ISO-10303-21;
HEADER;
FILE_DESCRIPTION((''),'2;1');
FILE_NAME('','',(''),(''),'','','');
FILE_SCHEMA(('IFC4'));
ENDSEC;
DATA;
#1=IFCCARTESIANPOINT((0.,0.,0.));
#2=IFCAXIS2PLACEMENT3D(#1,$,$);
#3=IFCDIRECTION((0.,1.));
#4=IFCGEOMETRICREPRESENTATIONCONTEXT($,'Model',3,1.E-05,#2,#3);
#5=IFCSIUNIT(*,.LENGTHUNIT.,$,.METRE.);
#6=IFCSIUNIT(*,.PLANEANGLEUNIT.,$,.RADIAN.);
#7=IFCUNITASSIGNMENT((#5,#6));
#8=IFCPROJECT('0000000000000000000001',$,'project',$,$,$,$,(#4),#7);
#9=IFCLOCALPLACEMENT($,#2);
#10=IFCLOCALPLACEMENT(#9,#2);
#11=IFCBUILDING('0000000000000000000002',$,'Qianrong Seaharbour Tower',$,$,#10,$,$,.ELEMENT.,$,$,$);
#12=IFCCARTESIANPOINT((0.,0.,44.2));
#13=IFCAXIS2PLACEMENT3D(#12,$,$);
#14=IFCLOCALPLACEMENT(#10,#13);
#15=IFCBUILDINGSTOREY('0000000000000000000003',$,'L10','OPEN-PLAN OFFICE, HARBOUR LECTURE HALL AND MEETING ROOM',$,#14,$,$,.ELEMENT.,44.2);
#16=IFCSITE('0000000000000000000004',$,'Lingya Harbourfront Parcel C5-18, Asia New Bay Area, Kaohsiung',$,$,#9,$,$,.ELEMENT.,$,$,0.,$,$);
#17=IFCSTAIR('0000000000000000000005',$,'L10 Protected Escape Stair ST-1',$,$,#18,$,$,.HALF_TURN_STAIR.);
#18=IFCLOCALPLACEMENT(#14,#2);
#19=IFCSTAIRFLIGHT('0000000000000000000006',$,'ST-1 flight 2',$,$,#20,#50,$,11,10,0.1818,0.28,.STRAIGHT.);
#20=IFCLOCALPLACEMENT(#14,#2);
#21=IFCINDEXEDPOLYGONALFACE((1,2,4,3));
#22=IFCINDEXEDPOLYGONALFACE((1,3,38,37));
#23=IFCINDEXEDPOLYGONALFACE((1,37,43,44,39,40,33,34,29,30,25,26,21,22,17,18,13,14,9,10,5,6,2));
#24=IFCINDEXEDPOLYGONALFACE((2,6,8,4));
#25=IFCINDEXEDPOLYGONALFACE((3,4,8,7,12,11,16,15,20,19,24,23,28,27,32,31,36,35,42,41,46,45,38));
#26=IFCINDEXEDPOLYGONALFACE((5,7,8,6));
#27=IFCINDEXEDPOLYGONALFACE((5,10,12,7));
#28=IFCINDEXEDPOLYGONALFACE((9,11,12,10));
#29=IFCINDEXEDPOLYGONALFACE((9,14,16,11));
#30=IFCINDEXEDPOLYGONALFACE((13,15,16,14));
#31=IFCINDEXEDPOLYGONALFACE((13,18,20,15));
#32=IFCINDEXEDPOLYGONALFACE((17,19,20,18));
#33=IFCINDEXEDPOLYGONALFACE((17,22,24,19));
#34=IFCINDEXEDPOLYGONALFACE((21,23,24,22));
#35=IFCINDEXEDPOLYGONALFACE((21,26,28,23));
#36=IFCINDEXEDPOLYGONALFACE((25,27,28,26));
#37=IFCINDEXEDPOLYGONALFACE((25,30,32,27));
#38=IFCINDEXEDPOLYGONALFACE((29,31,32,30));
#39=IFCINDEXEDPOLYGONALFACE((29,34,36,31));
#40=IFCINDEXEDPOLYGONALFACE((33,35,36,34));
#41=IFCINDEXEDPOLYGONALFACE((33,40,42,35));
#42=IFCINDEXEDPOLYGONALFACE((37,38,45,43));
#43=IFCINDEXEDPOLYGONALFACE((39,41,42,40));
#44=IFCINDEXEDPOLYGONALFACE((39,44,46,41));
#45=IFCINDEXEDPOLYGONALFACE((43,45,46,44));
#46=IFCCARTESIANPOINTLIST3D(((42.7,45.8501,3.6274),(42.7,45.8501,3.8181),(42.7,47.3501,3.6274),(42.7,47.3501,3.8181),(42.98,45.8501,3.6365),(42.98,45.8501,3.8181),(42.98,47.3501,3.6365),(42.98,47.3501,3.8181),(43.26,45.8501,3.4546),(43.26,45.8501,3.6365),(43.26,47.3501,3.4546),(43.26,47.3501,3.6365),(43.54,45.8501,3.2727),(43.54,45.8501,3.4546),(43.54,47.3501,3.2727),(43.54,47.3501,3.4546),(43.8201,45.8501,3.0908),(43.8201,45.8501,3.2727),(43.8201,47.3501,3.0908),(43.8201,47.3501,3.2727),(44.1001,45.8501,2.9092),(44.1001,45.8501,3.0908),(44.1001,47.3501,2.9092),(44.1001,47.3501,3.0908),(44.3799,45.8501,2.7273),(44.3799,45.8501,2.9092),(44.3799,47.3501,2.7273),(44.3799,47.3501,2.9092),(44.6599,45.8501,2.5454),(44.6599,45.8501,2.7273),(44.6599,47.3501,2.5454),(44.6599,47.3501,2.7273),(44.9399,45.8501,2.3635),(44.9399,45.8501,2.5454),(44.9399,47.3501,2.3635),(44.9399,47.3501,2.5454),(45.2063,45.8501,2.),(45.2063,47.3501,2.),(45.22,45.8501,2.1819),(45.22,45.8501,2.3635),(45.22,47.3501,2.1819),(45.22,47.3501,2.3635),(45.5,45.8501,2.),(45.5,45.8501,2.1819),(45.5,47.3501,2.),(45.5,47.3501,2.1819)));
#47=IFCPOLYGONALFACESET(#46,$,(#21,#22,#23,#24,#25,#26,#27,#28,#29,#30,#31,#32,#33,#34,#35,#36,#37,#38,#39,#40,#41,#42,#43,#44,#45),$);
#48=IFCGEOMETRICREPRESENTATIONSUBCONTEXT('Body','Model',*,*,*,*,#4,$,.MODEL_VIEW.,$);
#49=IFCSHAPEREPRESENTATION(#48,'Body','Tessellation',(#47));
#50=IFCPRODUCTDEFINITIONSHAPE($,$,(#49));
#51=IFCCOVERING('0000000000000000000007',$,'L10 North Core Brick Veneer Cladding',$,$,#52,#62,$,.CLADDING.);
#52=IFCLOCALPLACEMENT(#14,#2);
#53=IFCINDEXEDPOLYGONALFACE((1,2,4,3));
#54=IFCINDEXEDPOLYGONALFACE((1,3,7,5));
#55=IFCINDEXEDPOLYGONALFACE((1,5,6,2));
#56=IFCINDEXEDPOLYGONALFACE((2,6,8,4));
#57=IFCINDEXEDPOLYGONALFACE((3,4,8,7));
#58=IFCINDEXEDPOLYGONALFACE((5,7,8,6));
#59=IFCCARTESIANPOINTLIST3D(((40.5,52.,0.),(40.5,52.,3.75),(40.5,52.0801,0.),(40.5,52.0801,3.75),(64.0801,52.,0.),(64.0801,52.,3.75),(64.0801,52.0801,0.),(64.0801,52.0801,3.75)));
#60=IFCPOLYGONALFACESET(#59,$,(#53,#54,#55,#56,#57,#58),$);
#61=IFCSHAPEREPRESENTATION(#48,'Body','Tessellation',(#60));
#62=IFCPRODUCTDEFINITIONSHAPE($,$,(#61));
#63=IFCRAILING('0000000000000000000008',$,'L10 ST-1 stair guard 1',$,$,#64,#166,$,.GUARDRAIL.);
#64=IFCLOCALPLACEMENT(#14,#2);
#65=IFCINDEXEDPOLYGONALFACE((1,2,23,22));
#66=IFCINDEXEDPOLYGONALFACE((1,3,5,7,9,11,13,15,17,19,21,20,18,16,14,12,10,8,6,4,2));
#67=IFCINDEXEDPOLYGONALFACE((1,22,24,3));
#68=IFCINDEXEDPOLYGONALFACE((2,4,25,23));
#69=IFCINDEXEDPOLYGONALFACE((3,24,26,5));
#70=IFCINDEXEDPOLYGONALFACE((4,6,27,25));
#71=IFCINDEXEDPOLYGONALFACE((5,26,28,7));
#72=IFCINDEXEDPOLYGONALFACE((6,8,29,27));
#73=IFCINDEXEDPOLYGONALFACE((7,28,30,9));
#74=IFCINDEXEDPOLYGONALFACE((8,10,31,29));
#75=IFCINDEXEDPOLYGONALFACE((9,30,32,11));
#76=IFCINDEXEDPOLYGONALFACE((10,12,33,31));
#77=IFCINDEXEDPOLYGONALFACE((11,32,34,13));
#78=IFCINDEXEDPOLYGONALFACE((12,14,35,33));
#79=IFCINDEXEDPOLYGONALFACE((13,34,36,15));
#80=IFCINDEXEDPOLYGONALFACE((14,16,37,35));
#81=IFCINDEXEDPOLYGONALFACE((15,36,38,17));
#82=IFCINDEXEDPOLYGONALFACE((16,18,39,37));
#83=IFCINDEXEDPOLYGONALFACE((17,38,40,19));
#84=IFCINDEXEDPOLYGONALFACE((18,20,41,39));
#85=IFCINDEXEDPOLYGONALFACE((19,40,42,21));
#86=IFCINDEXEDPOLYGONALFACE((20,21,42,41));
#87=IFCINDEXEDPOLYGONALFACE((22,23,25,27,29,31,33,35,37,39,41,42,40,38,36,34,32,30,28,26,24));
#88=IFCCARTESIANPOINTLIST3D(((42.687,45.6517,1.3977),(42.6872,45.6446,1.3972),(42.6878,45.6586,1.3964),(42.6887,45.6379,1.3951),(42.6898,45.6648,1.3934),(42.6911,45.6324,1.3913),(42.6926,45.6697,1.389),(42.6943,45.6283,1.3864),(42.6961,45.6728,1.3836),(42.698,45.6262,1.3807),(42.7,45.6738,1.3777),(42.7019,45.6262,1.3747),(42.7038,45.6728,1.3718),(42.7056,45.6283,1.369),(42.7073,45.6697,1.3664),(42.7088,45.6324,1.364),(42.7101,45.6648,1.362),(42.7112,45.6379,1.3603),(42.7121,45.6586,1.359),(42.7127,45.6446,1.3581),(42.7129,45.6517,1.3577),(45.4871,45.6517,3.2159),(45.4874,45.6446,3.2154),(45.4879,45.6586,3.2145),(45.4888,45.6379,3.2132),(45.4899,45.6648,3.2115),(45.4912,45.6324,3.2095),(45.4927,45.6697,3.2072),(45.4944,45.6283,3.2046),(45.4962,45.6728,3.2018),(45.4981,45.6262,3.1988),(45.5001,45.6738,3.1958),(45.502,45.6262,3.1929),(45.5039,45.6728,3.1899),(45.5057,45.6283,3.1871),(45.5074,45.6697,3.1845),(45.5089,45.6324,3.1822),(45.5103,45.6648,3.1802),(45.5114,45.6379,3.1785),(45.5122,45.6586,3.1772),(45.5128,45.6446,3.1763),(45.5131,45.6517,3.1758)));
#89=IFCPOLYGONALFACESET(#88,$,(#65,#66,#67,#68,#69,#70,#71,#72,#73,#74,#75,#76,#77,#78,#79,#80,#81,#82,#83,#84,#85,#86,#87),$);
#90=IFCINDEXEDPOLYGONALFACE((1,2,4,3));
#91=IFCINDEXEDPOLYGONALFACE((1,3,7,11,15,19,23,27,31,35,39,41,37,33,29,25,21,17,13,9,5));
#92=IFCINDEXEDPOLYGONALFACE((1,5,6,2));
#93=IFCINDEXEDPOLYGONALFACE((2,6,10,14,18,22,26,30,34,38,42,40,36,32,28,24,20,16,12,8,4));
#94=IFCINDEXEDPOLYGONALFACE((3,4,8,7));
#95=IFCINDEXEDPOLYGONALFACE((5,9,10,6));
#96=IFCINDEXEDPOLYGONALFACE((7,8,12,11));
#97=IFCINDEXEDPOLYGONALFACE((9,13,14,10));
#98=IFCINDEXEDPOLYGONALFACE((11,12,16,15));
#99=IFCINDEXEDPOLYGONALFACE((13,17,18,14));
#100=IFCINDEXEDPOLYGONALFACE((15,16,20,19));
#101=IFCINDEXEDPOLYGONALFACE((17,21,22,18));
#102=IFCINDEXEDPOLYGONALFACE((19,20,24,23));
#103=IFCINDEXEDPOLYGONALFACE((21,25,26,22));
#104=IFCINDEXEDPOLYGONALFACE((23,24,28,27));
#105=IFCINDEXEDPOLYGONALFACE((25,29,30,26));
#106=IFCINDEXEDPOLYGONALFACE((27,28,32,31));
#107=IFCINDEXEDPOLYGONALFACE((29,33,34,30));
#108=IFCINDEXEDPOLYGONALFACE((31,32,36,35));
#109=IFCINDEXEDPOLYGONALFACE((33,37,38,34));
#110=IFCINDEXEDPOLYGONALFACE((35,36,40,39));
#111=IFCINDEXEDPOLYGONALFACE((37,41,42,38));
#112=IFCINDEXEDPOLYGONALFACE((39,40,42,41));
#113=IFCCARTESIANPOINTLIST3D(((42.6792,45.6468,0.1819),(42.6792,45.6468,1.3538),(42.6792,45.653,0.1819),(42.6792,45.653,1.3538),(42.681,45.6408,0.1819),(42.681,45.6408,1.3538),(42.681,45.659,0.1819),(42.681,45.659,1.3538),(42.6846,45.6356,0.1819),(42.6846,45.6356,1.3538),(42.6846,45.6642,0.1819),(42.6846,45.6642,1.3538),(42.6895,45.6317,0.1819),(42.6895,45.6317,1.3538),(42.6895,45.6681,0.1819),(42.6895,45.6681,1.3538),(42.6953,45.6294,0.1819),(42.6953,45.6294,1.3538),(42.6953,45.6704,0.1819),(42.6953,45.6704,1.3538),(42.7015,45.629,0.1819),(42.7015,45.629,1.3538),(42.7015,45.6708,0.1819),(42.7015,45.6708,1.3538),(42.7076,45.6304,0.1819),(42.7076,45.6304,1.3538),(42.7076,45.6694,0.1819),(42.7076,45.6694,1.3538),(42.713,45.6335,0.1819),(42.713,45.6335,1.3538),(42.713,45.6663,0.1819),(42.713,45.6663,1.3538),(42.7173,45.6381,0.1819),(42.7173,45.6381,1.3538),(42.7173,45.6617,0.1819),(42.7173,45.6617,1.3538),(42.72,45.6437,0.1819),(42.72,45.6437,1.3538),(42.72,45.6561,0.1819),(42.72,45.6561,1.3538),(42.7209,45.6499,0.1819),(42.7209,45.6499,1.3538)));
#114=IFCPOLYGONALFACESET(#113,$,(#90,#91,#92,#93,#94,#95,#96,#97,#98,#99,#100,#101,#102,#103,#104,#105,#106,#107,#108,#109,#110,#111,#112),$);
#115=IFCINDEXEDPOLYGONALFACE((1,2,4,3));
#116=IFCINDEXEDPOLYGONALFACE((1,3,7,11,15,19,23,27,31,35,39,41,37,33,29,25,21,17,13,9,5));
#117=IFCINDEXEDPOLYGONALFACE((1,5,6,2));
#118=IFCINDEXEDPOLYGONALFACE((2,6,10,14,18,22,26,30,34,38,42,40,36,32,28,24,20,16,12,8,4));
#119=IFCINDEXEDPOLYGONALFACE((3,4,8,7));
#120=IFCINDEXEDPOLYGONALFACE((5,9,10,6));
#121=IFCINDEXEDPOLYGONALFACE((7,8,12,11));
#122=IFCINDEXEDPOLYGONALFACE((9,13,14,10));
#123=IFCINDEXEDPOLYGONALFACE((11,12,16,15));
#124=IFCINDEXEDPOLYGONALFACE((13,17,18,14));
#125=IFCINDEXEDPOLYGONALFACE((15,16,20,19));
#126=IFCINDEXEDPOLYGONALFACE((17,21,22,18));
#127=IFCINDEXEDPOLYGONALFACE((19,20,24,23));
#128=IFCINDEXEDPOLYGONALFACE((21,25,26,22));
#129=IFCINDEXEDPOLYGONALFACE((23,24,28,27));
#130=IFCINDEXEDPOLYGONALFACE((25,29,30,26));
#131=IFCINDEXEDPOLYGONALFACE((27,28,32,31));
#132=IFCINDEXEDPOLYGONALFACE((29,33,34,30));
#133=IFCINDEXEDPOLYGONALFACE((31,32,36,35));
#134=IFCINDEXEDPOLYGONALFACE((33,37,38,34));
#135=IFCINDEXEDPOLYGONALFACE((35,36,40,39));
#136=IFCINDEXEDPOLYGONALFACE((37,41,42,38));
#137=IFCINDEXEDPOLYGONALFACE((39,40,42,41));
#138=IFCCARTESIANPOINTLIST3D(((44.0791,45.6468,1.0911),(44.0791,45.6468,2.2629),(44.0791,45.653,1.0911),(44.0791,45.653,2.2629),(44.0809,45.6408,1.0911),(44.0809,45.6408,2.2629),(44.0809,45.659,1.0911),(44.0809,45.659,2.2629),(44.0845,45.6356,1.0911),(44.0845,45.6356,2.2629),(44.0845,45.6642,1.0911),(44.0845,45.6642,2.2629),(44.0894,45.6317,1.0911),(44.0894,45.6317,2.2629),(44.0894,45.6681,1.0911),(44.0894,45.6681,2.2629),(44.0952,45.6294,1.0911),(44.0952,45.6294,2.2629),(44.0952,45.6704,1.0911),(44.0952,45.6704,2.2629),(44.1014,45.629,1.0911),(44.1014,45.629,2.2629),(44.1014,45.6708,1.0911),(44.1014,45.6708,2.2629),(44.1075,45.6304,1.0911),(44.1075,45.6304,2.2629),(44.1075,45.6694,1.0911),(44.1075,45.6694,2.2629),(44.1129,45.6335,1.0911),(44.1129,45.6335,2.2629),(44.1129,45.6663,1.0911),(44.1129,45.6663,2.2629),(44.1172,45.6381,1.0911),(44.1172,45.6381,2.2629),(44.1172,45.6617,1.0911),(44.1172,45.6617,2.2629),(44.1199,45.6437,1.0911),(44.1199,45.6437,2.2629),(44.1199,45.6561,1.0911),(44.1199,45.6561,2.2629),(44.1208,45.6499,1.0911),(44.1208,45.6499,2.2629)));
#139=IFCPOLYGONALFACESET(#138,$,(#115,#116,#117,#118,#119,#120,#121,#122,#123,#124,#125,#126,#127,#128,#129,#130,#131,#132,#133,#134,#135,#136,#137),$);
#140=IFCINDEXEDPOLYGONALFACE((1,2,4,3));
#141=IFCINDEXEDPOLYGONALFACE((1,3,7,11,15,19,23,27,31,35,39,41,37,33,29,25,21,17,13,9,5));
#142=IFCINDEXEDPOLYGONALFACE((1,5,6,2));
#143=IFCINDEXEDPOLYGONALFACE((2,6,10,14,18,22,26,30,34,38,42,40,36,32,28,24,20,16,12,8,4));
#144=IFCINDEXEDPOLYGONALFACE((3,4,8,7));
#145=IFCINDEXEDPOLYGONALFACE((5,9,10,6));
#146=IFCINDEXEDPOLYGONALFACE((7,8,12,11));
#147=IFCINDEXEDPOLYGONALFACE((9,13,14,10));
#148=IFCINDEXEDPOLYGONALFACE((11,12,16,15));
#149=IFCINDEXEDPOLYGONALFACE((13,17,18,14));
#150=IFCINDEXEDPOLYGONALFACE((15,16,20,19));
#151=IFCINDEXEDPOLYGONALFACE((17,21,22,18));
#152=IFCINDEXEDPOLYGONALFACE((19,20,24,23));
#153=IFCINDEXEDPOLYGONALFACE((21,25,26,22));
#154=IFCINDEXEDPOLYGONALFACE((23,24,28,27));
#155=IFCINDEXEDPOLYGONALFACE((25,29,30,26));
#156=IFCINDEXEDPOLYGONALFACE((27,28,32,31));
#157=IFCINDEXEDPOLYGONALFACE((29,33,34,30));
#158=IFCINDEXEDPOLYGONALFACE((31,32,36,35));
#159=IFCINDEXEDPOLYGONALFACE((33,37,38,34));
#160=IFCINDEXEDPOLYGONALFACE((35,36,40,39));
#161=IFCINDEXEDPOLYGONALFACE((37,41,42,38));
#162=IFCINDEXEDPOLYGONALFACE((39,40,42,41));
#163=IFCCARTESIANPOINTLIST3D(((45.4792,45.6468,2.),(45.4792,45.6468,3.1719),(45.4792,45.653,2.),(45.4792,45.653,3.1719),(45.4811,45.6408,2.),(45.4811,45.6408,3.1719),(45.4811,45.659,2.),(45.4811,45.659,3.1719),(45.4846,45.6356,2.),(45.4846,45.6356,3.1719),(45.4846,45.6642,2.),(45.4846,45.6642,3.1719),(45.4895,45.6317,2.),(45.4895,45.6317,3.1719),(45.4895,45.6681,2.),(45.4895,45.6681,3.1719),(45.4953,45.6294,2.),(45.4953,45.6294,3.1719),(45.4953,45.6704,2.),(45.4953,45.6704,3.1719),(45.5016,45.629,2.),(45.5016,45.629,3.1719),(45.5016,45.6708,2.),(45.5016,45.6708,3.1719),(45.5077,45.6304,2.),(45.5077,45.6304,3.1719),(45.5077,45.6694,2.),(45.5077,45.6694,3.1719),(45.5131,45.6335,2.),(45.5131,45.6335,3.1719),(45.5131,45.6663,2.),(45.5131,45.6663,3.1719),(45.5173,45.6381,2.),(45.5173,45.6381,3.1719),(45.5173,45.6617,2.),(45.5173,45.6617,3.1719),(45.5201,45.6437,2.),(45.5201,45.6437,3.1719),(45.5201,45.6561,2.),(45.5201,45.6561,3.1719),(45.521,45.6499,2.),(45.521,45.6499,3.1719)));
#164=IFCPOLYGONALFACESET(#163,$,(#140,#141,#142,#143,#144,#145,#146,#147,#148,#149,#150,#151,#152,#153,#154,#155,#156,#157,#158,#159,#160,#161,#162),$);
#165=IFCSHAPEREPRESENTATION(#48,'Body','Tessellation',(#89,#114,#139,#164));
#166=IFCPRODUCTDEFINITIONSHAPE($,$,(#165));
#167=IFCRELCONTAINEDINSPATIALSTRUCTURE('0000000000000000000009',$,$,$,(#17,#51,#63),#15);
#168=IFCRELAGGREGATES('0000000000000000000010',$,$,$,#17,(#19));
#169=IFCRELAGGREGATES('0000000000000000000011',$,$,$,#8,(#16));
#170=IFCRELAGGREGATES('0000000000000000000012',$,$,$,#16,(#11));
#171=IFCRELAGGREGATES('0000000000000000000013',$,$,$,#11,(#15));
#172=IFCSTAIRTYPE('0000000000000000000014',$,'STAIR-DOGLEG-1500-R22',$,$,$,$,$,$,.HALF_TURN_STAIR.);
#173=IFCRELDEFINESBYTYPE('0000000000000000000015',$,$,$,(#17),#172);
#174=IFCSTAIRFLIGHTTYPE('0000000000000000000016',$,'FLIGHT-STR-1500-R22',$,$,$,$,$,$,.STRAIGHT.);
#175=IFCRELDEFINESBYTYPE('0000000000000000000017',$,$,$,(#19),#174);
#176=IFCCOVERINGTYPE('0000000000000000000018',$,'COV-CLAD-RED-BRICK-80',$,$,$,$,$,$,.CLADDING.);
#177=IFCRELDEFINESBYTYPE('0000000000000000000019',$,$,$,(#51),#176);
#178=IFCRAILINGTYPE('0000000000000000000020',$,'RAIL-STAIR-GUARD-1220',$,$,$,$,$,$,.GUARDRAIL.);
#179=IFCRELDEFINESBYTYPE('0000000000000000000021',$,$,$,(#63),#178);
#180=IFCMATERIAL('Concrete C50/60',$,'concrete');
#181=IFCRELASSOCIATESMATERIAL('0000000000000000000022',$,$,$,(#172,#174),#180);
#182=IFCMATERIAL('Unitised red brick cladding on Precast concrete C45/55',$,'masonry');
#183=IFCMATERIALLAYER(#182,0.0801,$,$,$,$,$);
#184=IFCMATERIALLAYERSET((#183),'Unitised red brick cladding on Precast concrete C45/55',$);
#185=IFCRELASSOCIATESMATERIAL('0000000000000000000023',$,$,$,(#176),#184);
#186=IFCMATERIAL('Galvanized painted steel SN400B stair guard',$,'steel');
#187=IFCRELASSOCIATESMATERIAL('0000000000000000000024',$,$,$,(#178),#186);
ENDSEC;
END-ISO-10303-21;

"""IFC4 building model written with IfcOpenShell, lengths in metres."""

from ifc_helpers import new_model, si_unit, direction, frame, origin, origin_2d, place, context, subcontext, project, spatial, polyline, rectangle, circle, outline, extrude, material, layer, layer_set, type_object, element, aggregate, save


model = new_model("IFC4")

# Units and contexts
model_context = context("Model", 3, precision=1e-05, world=origin(), true_north=direction((0.0, 1.0)))
body_context = subcontext(model_context, "Body", "Model", "MODEL_VIEW")
ifc_project = project(units=[si_unit("LENGTHUNIT", "METRE"), si_unit("PLANEANGLEUNIT", "RADIAN")], contexts=[model_context])

# Site, building, storey
site_placement = place(None, origin())
site = spatial("IfcSite", under=ifc_project, at=site_placement, Name="Lingya Harbourfront Parcel C5-18, Asia New Bay Area, Kaohsiung", CompositionType="ELEMENT", RefElevation=0.0)
building_placement = place(site_placement, origin())
building = spatial("IfcBuilding", under=site, at=building_placement, Name="Qianrong Seaharbour Tower", CompositionType="ELEMENT")
storey_placement = place(building_placement, frame((0.0, 0.0, 44.2)))
storey = spatial("IfcBuildingStorey", under=building, at=storey_placement, Name="L10", Description="OPEN-PLAN OFFICE, HARBOUR LECTURE HALL AND MEETING ROOM", CompositionType="ELEMENT", Elevation=44.2)

# Stair, stair flight
ifc_material_1 = material(Name="Concrete C50/60", Category="concrete")
stair_type = type_object("IfcStairType", Name="STAIR-DOGLEG-1500-R22", PredefinedType="HALF_TURN_STAIR", material=ifc_material_1)
stair_placement = place(storey_placement, origin())
stair = element("IfcStair", 1, at=stair_placement, inside=storey, type_object=stair_type, Name="L10 Protected Escape Stair ST-1", PredefinedType="HALF_TURN_STAIR")
stair_flight_type = type_object("IfcStairFlightType", Name="FLIGHT-STR-1500-R22", PredefinedType="STRAIGHT", material=ifc_material_1)
stair_flight_1_placement = place(storey_placement, frame((45.5, 46.6001, 2.0), z_axis=(0.0, 0.0, 1.0), x_axis=(-1.0, 0.0, 0.0)))
stair_flight_1 = element("IfcStairFlight", 2, at=stair_flight_1_placement, type_object=stair_flight_type, Name="ST-1 flight 2", NumberOfRisers=11, NumberOfTreads=10, PredefinedType="STRAIGHT", RiserHeight=0.1818, TreadLength=0.28, context=body_context, shape_type="SweptSolid", body=[
    extrude(outline(polyline([(0.0, 0.0), (0.0, 0.1819), (0.28, 0.1819), (0.28, 0.3635), (0.5601, 0.3635), (0.5601, 0.5454), (0.8401, 0.5454), (0.8401, 0.7273), (1.1201, 0.7273), (1.1201, 0.9092), (1.3999, 0.9092), (1.3999, 1.0908), (1.6799, 1.0908), (1.6799, 1.2727), (1.96, 1.2727), (1.96, 1.4546), (2.24, 1.4546), (2.24, 1.6365), (2.52, 1.6365), (2.52, 1.8181), (2.8, 1.8181), (2.8, 2.0), (2.8, 1.6274), (0.2937, 0.0), (0.0, 0.0)])), frame((0.0, 0.75, 0.0), z_axis=(0.0, -1.0, 0.0), x_axis=(1.0, 0.0, 0.0)), (0.0, 0.0, 1.0), 1.5),
])
aggregate(stair, [stair_flight_1])

# Covering
ifc_material_2 = material(Name="Unitised red brick cladding on Precast concrete C45/55", Category="masonry")
ifc_layer_1 = layer(ifc_material_2, 0.0801)
ifc_layer_set_1 = layer_set([ifc_layer_1], Name="Unitised red brick cladding on Precast concrete C45/55")
covering_type = type_object("IfcCoveringType", Name="COV-CLAD-RED-BRICK-80", PredefinedType="CLADDING", material=ifc_layer_set_1)
covering_placement = place(storey_placement, frame((52.29, 52.04, 0.0), z_axis=(0.0, 0.0, 1.0), x_axis=(1.0, 0.0, 0.0)))
element("IfcCovering", 3, at=covering_placement, inside=storey, type_object=covering_type, Name="L10 North Core Brick Veneer Cladding", PredefinedType="CLADDING", context=body_context, shape_type="SweptSolid", body=[
    extrude(rectangle(XDim=23.5801, YDim=0.0801, at=origin_2d()), origin(), (0.0, 0.0, 1.0), 3.75),
])

# Railing
ifc_material_3 = material(Name="Galvanized painted steel SN400B stair guard", Category="steel")
railing_type_1 = type_object("IfcRailingType", Name="RAIL-STAIR-GUARD-1220", PredefinedType="GUARDRAIL", material=ifc_material_3)
railing_1_placement = place(storey_placement, frame((42.7, 45.6499, 0.1819)))
element("IfcRailing", 4, at=railing_1_placement, inside=storey, type_object=railing_type_1, Name="L10 ST-1 stair guard 1", PredefinedType="GUARDRAIL", context=body_context, shape_type="SweptSolid", body=[
    extrude(circle(Radius=0.0239, at=origin_2d()), frame((0.0, 0.0, 1.1958), z_axis=(0.838706, 0.0, 0.544585), x_axis=(0.0, 1.0, 0.0)), (0.0, 0.0, 1.0), 3.3386),
    extrude(circle(Radius=0.021, at=origin_2d()), origin(), (0.0, 0.0, 1.0), 1.1719),
    extrude(circle(Radius=0.021, at=origin_2d()), frame((1.3999, 0.0, 0.9092)), (0.0, 0.0, 1.0), 1.1719),
    extrude(circle(Radius=0.021, at=origin_2d()), frame((2.8, 0.0, 1.8181)), (0.0, 0.0, 1.0), 1.1719),
])

save(model, "model.ifc")
